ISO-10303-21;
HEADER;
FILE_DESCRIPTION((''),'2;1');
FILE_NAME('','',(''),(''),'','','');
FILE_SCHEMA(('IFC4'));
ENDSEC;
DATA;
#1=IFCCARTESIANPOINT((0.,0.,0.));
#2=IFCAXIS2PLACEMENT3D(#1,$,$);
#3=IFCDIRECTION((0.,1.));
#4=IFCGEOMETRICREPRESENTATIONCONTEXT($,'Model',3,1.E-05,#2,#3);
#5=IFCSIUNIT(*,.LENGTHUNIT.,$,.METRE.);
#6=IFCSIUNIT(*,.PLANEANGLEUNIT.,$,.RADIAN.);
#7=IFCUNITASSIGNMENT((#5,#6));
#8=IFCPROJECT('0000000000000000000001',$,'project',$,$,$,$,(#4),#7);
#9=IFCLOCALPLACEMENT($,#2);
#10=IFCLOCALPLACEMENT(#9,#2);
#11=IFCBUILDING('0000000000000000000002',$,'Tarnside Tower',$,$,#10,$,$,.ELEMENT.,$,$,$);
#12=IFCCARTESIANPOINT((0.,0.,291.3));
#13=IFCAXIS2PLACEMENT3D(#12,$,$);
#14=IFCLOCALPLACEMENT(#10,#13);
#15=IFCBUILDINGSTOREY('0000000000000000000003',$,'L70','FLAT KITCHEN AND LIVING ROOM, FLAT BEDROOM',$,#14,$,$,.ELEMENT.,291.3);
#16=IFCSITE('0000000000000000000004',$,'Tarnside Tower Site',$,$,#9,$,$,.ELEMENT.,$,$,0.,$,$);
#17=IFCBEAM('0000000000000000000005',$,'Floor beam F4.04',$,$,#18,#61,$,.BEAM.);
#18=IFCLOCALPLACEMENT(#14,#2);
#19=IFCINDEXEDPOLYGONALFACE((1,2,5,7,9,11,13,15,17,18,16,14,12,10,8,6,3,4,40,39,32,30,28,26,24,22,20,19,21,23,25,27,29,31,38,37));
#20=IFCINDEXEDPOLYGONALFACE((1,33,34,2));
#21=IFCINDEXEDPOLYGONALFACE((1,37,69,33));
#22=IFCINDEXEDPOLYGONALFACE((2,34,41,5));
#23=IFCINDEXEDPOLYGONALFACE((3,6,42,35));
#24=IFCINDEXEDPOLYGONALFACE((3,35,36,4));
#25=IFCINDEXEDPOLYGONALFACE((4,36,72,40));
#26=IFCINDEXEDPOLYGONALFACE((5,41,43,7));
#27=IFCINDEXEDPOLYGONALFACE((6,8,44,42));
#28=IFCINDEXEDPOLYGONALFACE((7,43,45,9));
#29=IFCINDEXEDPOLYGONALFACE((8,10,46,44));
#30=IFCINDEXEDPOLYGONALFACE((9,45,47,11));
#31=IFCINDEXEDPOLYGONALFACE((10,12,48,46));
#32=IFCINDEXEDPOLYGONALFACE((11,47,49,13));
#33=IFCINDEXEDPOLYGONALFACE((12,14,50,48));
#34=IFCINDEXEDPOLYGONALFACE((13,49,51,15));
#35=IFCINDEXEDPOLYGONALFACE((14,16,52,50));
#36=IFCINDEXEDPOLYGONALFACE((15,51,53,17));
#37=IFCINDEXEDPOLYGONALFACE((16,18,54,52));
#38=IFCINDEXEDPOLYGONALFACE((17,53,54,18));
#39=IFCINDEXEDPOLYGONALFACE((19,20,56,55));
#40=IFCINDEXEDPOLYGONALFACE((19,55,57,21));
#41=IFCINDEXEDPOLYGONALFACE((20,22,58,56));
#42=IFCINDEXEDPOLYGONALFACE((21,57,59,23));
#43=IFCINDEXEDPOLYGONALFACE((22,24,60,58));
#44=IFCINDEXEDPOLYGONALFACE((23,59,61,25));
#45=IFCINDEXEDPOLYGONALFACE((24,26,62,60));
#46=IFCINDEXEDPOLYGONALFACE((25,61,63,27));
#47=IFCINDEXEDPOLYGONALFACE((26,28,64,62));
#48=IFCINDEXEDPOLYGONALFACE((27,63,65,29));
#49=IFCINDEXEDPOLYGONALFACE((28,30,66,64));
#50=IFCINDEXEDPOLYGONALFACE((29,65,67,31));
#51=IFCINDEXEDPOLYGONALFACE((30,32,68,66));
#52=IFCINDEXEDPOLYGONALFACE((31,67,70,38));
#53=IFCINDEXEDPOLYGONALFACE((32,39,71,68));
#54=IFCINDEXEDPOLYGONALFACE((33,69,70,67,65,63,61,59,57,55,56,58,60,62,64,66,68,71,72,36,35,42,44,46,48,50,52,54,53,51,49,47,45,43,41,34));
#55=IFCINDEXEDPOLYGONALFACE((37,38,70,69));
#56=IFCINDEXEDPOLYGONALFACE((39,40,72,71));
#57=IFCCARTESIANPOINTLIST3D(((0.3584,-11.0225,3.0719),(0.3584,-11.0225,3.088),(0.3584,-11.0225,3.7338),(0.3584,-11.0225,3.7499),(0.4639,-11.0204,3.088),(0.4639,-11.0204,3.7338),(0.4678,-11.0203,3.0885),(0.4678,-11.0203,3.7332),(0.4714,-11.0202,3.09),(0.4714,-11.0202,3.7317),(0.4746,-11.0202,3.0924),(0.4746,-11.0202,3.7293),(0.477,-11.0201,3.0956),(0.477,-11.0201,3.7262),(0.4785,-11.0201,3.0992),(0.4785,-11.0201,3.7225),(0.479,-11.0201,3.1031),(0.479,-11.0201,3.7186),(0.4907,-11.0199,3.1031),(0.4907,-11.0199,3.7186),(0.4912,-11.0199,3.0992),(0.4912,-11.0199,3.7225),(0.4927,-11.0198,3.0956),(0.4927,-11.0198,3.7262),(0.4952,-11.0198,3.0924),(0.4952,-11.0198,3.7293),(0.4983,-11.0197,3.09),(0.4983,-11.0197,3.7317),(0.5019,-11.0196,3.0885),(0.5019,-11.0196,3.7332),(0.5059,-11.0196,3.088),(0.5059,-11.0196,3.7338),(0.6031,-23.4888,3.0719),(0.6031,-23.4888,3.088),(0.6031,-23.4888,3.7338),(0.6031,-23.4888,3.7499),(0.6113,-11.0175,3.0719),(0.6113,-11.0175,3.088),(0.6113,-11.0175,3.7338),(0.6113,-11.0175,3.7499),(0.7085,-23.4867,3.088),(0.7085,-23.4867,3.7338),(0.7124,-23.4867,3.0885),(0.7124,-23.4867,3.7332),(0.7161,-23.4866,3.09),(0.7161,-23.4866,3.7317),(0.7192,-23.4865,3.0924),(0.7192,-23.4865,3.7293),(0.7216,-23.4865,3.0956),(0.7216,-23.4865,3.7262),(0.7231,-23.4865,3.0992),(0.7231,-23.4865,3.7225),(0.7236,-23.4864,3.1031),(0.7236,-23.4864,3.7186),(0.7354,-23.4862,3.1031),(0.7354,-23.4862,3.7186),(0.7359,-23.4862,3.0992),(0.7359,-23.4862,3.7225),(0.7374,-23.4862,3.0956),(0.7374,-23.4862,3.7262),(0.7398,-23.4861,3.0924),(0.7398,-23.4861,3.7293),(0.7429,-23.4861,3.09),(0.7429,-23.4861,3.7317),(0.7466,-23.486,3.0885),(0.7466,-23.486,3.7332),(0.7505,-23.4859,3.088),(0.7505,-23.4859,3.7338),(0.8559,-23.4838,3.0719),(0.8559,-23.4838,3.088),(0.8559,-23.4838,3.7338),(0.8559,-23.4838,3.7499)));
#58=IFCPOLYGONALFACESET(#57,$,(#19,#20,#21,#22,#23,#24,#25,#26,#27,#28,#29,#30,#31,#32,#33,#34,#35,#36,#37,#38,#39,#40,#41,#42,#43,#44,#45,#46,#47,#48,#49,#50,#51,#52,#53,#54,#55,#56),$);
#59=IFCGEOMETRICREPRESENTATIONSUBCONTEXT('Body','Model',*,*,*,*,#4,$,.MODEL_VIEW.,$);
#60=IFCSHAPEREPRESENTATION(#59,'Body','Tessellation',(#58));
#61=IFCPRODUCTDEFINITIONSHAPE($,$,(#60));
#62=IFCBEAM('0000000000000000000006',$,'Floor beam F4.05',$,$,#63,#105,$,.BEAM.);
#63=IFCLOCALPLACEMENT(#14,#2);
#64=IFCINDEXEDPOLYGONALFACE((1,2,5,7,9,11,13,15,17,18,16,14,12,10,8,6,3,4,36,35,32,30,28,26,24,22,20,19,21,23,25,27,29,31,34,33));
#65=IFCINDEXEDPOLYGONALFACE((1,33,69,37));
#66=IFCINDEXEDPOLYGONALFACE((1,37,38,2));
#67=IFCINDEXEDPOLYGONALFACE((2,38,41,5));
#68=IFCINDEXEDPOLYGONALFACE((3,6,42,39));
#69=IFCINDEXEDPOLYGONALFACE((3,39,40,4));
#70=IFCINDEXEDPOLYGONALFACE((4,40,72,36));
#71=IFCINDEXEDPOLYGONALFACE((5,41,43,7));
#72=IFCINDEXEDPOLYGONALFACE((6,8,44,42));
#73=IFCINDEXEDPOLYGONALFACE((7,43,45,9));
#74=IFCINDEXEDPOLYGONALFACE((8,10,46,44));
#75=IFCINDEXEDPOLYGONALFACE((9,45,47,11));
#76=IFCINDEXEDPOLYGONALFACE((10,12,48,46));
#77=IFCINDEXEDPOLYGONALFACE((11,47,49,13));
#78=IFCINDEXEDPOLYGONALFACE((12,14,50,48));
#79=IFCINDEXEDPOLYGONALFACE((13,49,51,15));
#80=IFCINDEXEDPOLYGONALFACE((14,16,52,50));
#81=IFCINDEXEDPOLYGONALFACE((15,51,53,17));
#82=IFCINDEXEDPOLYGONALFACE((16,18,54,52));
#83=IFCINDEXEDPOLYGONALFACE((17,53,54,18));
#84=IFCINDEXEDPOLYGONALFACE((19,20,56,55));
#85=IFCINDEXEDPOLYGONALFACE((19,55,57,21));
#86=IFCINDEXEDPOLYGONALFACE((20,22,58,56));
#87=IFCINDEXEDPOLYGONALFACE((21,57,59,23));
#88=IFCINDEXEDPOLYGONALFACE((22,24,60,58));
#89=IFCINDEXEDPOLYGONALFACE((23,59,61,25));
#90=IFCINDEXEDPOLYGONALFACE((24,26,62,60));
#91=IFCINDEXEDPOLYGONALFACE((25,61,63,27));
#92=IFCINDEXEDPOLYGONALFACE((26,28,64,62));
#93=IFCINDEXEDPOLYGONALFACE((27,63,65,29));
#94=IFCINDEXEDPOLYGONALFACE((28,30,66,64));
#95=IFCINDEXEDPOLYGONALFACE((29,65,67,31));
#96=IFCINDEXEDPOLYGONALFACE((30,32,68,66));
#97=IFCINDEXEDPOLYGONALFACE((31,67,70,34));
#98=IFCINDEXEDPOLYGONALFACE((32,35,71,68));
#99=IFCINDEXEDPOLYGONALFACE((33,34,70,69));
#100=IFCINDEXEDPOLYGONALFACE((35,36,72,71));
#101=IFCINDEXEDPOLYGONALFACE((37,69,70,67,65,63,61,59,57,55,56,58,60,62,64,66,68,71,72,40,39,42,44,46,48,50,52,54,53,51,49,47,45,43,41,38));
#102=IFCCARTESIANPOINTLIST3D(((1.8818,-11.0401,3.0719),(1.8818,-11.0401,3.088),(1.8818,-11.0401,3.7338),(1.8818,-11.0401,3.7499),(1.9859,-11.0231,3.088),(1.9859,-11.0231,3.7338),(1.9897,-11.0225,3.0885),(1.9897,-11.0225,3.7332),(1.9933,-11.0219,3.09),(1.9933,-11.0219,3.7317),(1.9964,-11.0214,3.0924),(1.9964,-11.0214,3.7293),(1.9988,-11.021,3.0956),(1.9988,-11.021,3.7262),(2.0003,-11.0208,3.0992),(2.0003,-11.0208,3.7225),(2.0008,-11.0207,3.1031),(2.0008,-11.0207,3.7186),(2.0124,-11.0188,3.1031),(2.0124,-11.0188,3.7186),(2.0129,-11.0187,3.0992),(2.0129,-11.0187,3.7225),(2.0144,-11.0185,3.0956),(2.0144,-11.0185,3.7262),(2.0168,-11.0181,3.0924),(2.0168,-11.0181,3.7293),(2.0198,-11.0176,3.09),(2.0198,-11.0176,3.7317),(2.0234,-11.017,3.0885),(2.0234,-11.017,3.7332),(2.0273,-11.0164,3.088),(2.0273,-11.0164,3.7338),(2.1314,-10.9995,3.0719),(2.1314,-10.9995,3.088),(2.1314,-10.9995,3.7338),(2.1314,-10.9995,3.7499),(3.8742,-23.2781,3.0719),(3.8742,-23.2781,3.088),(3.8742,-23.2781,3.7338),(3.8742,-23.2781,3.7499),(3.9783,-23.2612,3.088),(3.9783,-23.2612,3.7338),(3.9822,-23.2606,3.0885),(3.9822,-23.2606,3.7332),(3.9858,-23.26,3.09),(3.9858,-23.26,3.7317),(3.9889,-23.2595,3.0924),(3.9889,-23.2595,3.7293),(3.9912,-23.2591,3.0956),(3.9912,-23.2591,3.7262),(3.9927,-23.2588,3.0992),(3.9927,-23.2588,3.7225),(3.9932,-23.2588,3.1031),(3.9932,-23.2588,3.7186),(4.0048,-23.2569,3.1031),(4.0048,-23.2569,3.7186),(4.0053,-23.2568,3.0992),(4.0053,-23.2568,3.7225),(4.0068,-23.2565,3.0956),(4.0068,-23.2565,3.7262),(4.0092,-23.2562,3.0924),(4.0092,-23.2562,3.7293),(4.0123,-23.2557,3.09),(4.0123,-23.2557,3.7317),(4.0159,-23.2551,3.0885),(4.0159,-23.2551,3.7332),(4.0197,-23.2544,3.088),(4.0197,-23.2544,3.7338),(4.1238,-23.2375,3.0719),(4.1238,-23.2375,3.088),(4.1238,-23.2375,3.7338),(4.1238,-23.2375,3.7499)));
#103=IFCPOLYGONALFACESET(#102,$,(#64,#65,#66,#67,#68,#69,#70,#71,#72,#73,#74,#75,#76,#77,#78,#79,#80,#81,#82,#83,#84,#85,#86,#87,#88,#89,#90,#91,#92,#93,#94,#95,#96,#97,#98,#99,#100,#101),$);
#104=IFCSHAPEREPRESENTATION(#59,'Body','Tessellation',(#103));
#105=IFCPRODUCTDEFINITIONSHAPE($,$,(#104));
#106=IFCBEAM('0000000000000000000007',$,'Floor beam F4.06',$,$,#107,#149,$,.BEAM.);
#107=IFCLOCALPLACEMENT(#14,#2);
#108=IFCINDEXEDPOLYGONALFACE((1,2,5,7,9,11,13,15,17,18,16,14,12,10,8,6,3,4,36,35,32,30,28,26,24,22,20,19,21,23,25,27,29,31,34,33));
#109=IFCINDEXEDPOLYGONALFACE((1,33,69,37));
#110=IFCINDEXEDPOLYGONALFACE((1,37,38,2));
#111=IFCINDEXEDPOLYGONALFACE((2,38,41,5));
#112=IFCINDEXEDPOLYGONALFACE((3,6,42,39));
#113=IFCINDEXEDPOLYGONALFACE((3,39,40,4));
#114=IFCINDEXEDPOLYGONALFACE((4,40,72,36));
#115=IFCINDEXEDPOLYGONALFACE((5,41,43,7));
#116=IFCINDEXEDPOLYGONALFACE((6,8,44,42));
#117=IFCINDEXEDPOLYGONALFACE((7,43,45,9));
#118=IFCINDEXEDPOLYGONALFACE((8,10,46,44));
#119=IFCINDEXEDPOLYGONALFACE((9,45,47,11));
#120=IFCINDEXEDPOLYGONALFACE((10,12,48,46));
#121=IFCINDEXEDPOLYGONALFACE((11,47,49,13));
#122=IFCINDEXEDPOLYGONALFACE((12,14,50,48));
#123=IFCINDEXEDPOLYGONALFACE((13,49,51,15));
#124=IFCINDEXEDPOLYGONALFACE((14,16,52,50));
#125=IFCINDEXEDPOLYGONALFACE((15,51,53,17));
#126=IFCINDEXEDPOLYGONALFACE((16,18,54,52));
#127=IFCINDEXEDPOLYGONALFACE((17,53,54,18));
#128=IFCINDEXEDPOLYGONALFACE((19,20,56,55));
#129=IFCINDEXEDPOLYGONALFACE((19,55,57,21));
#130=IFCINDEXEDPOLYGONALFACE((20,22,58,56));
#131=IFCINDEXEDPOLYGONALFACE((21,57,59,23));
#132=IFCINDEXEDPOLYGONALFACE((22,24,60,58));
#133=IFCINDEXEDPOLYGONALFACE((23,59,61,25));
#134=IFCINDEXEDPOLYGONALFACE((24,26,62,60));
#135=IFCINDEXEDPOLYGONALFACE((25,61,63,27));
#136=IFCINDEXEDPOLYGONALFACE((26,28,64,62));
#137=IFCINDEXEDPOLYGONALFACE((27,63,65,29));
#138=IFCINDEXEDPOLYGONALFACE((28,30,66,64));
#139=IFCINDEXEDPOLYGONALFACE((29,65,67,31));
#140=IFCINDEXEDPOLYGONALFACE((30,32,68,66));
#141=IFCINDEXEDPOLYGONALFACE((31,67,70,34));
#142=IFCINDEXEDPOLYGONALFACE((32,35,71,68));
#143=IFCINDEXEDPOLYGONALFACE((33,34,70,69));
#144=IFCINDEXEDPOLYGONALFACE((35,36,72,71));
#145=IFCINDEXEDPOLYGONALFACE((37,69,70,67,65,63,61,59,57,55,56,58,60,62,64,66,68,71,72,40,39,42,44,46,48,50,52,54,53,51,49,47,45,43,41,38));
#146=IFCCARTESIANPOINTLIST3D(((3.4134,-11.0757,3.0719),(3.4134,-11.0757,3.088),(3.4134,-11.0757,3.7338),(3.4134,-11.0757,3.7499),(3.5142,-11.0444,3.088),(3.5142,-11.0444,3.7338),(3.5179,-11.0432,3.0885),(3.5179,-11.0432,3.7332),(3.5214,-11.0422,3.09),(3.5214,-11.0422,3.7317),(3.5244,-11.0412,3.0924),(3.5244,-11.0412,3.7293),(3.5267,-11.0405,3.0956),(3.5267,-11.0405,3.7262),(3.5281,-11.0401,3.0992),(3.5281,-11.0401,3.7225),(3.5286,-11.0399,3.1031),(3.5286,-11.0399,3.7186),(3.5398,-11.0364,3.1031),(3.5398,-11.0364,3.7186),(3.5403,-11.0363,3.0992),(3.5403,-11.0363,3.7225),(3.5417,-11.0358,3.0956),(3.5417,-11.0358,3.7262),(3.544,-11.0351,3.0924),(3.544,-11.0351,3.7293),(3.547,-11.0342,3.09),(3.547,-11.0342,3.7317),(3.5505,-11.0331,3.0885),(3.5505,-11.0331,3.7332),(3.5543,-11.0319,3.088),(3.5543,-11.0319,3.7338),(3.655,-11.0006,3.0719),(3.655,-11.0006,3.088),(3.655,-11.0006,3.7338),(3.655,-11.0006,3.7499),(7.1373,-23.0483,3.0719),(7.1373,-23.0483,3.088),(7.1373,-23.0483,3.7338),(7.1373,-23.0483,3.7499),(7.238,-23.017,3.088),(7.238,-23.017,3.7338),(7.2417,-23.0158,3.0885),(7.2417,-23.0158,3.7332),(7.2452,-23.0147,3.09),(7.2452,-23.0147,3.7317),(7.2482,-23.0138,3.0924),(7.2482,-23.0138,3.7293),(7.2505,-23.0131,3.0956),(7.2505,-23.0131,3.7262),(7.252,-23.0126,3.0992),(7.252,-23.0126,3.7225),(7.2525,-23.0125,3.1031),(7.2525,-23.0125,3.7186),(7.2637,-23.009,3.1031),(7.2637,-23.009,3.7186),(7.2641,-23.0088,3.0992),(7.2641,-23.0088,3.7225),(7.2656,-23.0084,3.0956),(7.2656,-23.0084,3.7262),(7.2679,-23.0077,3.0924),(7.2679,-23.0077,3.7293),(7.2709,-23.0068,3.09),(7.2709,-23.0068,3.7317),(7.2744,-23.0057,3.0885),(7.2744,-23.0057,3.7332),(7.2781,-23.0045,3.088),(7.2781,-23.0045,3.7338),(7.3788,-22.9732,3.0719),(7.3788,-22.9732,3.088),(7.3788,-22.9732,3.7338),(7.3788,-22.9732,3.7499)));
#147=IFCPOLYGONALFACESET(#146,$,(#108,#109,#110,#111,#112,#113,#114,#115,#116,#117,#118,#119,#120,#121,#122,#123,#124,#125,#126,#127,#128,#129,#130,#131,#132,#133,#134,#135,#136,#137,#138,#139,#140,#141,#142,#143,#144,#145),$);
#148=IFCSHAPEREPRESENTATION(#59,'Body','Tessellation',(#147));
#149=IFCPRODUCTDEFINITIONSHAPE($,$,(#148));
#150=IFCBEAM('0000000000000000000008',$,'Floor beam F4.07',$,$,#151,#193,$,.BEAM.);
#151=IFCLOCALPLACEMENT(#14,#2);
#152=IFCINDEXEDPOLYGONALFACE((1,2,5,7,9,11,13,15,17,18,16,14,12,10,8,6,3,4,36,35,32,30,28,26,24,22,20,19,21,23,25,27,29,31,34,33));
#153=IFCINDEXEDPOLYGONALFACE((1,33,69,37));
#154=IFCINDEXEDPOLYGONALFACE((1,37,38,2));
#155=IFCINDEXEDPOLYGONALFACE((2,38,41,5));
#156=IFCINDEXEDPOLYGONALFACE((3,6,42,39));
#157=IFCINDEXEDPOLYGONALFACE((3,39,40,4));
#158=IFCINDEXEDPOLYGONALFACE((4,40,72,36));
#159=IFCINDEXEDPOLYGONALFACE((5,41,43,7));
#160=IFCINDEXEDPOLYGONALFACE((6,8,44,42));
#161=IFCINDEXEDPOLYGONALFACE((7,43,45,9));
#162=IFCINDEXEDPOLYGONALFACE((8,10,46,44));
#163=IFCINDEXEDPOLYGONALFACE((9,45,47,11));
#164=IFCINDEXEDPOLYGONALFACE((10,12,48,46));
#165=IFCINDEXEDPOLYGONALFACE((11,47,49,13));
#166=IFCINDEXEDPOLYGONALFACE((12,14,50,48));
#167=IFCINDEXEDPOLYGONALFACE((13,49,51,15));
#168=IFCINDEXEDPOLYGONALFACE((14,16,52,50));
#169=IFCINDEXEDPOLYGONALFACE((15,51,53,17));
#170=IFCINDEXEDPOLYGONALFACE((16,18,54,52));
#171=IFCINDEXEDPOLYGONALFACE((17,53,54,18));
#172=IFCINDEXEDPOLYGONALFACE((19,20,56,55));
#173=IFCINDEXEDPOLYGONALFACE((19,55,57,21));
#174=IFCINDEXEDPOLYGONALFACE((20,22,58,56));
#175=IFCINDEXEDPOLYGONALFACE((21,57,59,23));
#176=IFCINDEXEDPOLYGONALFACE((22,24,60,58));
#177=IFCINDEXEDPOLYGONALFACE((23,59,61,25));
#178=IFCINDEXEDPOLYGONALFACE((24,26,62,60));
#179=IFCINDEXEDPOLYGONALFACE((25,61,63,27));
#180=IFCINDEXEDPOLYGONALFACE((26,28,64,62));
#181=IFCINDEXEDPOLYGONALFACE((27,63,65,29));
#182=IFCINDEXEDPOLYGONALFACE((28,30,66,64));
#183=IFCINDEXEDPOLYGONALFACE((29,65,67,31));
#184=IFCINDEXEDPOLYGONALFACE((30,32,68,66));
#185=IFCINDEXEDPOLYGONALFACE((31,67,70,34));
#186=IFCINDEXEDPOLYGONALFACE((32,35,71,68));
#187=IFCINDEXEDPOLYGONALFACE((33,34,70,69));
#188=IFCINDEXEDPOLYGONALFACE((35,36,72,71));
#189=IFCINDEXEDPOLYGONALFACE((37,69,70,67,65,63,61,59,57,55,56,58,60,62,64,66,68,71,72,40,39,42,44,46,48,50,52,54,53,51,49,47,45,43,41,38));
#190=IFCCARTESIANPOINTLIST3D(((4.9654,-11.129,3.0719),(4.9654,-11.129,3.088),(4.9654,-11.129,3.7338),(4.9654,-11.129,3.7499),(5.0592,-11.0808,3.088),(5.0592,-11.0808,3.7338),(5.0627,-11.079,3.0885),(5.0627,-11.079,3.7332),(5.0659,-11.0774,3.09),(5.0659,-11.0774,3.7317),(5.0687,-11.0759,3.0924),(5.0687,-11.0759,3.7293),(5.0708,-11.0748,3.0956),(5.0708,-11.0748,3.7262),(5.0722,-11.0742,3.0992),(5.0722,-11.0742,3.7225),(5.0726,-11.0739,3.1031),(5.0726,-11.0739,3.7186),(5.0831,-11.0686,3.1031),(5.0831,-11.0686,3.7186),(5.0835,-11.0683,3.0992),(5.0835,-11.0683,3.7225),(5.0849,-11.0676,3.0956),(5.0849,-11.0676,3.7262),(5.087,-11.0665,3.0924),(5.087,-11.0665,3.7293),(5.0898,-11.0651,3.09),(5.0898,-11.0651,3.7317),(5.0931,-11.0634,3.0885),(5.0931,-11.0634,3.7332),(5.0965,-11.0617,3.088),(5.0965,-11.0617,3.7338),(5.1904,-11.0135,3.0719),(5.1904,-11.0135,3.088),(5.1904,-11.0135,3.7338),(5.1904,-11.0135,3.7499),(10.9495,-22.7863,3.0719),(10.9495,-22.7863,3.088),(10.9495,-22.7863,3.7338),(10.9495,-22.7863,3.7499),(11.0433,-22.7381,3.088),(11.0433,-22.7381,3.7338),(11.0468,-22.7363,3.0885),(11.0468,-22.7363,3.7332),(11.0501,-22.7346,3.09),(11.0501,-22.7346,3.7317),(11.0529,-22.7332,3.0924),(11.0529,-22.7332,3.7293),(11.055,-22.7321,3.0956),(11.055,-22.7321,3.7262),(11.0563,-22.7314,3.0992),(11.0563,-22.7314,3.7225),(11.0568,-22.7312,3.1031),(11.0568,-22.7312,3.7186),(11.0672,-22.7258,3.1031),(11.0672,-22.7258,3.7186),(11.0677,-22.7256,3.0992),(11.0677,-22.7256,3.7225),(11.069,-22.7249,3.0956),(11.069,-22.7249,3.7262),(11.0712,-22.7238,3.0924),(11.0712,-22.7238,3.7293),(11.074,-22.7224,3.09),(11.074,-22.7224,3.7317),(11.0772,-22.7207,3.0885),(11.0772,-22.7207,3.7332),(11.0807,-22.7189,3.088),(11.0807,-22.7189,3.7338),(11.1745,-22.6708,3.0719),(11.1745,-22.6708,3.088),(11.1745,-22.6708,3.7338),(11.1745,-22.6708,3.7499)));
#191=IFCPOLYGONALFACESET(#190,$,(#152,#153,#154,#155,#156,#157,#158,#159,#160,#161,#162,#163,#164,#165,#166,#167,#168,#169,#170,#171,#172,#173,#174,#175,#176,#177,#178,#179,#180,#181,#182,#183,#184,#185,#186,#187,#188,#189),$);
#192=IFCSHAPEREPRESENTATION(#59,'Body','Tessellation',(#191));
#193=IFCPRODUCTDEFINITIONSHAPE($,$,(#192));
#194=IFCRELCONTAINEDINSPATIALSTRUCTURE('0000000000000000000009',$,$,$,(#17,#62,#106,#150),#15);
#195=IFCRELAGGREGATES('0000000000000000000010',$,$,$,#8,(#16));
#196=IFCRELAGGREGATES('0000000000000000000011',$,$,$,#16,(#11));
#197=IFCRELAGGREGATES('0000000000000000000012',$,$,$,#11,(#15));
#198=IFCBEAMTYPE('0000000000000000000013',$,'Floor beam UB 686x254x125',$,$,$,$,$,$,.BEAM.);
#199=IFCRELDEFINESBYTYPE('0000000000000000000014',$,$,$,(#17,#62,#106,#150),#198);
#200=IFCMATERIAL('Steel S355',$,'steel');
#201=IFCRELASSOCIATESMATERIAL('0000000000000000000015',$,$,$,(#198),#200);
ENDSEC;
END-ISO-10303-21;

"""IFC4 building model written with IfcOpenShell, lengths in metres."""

from ifc_helpers import new_model, si_unit, direction, frame, origin, origin_2d, place, context, subcontext, project, spatial, i_section, extrude, material, material_profile, profile_set, type_object, element, save


model = new_model("IFC4")

# Units and contexts
model_context = context("Model", 3, precision=1e-05, world=origin(), true_north=direction((0.0, 1.0)))
body_context = subcontext(model_context, "Body", "Model", "MODEL_VIEW")
ifc_project = project(units=[si_unit("LENGTHUNIT", "METRE"), si_unit("PLANEANGLEUNIT", "RADIAN")], contexts=[model_context])

# Site, building, storey
site_placement = place(None, origin())
site = spatial("IfcSite", under=ifc_project, at=site_placement, Name="Tarnside Tower Site", CompositionType="ELEMENT", RefElevation=0.0)
building_placement = place(site_placement, origin())
building = spatial("IfcBuilding", under=site, at=building_placement, Name="Tarnside Tower", CompositionType="ELEMENT")
storey_placement = place(building_placement, frame((0.0, 0.0, 291.3)))
storey = spatial("IfcBuildingStorey", under=building, at=storey_placement, Name="L70", Description="FLAT KITCHEN AND LIVING ROOM, FLAT BEDROOM", CompositionType="ELEMENT", Elevation=291.3)

# Beams
ifc_material_1 = material(Name="Steel S355", Category="steel")
ifc_material_profile = material_profile(ifc_material_1, i_section(OverallWidth=0.2529, OverallDepth=0.678, WebThickness=0.0117, FlangeThickness=0.0161, FilletRadius=0.0151, at=origin_2d()), Name="UB 686x254x125")
ifc_profile_set = profile_set([ifc_material_profile], Name="Steel S355")
beam_type = type_object("IfcBeamType", Name="Floor beam UB 686x254x125", PredefinedType="BEAM", material=ifc_profile_set)
beam_1_placement = place(storey_placement, frame((0.7295, -23.4863, 3.4109), z_axis=(-0.019619, 0.999808, 0.0), x_axis=(-0.999808, -0.019619, 0.0)))
element("IfcBeam", 1, at=beam_1_placement, inside=storey, type_object=beam_type, Name="Floor beam F4.04", PredefinedType="BEAM", context=body_context, shape_type="SweptSolid", body=[
    extrude(i_section(OverallWidth=0.2529, OverallDepth=0.678, WebThickness=0.0117, FlangeThickness=0.0161, FilletRadius=0.0151, at=origin_2d()), origin(), (0.0, 0.0, 1.0), 12.4688),
])
beam_2_placement = place(storey_placement, frame((3.999, -23.2578, 3.4109), z_axis=(-0.160691, 0.987005, 0.0), x_axis=(-0.987005, -0.160691, 0.0)))
element("IfcBeam", 2, at=beam_2_placement, inside=storey, type_object=beam_type, Name="Floor beam F4.05", PredefinedType="BEAM", context=body_context, shape_type="SweptSolid", body=[
    extrude(i_section(OverallWidth=0.2529, OverallDepth=0.678, WebThickness=0.0117, FlangeThickness=0.0161, FilletRadius=0.0151, at=origin_2d()), origin(), (0.0, 0.0, 1.0), 12.3992),
])
beam_3_placement = place(storey_placement, frame((7.2581, -23.0107, 3.4109), z_axis=(-0.296998, 0.954878, 0.0), x_axis=(-0.954878, -0.296998, 0.0)))
element("IfcBeam", 3, at=beam_3_placement, inside=storey, type_object=beam_type, Name="Floor beam F4.06", PredefinedType="BEAM", context=body_context, shape_type="SweptSolid", body=[
    extrude(i_section(OverallWidth=0.2529, OverallDepth=0.678, WebThickness=0.0117, FlangeThickness=0.0161, FilletRadius=0.0151, at=origin_2d()), origin(), (0.0, 0.0, 1.0), 12.5383),
])
beam_4_placement = place(storey_placement, frame((11.062, -22.7285, 3.4109), z_axis=(-0.456683, 0.889629, 0.0), x_axis=(-0.889629, -0.456683, 0.0)))
element("IfcBeam", 4, at=beam_4_placement, inside=storey, type_object=beam_type, Name="Floor beam F4.07", PredefinedType="BEAM", context=body_context, shape_type="SweptSolid", body=[
    extrude(i_section(OverallWidth=0.2529, OverallDepth=0.678, WebThickness=0.0117, FlangeThickness=0.0161, FilletRadius=0.0151, at=origin_2d()), origin(), (0.0, 0.0, 1.0), 13.1035),
])

save(model, "model.ifc")
